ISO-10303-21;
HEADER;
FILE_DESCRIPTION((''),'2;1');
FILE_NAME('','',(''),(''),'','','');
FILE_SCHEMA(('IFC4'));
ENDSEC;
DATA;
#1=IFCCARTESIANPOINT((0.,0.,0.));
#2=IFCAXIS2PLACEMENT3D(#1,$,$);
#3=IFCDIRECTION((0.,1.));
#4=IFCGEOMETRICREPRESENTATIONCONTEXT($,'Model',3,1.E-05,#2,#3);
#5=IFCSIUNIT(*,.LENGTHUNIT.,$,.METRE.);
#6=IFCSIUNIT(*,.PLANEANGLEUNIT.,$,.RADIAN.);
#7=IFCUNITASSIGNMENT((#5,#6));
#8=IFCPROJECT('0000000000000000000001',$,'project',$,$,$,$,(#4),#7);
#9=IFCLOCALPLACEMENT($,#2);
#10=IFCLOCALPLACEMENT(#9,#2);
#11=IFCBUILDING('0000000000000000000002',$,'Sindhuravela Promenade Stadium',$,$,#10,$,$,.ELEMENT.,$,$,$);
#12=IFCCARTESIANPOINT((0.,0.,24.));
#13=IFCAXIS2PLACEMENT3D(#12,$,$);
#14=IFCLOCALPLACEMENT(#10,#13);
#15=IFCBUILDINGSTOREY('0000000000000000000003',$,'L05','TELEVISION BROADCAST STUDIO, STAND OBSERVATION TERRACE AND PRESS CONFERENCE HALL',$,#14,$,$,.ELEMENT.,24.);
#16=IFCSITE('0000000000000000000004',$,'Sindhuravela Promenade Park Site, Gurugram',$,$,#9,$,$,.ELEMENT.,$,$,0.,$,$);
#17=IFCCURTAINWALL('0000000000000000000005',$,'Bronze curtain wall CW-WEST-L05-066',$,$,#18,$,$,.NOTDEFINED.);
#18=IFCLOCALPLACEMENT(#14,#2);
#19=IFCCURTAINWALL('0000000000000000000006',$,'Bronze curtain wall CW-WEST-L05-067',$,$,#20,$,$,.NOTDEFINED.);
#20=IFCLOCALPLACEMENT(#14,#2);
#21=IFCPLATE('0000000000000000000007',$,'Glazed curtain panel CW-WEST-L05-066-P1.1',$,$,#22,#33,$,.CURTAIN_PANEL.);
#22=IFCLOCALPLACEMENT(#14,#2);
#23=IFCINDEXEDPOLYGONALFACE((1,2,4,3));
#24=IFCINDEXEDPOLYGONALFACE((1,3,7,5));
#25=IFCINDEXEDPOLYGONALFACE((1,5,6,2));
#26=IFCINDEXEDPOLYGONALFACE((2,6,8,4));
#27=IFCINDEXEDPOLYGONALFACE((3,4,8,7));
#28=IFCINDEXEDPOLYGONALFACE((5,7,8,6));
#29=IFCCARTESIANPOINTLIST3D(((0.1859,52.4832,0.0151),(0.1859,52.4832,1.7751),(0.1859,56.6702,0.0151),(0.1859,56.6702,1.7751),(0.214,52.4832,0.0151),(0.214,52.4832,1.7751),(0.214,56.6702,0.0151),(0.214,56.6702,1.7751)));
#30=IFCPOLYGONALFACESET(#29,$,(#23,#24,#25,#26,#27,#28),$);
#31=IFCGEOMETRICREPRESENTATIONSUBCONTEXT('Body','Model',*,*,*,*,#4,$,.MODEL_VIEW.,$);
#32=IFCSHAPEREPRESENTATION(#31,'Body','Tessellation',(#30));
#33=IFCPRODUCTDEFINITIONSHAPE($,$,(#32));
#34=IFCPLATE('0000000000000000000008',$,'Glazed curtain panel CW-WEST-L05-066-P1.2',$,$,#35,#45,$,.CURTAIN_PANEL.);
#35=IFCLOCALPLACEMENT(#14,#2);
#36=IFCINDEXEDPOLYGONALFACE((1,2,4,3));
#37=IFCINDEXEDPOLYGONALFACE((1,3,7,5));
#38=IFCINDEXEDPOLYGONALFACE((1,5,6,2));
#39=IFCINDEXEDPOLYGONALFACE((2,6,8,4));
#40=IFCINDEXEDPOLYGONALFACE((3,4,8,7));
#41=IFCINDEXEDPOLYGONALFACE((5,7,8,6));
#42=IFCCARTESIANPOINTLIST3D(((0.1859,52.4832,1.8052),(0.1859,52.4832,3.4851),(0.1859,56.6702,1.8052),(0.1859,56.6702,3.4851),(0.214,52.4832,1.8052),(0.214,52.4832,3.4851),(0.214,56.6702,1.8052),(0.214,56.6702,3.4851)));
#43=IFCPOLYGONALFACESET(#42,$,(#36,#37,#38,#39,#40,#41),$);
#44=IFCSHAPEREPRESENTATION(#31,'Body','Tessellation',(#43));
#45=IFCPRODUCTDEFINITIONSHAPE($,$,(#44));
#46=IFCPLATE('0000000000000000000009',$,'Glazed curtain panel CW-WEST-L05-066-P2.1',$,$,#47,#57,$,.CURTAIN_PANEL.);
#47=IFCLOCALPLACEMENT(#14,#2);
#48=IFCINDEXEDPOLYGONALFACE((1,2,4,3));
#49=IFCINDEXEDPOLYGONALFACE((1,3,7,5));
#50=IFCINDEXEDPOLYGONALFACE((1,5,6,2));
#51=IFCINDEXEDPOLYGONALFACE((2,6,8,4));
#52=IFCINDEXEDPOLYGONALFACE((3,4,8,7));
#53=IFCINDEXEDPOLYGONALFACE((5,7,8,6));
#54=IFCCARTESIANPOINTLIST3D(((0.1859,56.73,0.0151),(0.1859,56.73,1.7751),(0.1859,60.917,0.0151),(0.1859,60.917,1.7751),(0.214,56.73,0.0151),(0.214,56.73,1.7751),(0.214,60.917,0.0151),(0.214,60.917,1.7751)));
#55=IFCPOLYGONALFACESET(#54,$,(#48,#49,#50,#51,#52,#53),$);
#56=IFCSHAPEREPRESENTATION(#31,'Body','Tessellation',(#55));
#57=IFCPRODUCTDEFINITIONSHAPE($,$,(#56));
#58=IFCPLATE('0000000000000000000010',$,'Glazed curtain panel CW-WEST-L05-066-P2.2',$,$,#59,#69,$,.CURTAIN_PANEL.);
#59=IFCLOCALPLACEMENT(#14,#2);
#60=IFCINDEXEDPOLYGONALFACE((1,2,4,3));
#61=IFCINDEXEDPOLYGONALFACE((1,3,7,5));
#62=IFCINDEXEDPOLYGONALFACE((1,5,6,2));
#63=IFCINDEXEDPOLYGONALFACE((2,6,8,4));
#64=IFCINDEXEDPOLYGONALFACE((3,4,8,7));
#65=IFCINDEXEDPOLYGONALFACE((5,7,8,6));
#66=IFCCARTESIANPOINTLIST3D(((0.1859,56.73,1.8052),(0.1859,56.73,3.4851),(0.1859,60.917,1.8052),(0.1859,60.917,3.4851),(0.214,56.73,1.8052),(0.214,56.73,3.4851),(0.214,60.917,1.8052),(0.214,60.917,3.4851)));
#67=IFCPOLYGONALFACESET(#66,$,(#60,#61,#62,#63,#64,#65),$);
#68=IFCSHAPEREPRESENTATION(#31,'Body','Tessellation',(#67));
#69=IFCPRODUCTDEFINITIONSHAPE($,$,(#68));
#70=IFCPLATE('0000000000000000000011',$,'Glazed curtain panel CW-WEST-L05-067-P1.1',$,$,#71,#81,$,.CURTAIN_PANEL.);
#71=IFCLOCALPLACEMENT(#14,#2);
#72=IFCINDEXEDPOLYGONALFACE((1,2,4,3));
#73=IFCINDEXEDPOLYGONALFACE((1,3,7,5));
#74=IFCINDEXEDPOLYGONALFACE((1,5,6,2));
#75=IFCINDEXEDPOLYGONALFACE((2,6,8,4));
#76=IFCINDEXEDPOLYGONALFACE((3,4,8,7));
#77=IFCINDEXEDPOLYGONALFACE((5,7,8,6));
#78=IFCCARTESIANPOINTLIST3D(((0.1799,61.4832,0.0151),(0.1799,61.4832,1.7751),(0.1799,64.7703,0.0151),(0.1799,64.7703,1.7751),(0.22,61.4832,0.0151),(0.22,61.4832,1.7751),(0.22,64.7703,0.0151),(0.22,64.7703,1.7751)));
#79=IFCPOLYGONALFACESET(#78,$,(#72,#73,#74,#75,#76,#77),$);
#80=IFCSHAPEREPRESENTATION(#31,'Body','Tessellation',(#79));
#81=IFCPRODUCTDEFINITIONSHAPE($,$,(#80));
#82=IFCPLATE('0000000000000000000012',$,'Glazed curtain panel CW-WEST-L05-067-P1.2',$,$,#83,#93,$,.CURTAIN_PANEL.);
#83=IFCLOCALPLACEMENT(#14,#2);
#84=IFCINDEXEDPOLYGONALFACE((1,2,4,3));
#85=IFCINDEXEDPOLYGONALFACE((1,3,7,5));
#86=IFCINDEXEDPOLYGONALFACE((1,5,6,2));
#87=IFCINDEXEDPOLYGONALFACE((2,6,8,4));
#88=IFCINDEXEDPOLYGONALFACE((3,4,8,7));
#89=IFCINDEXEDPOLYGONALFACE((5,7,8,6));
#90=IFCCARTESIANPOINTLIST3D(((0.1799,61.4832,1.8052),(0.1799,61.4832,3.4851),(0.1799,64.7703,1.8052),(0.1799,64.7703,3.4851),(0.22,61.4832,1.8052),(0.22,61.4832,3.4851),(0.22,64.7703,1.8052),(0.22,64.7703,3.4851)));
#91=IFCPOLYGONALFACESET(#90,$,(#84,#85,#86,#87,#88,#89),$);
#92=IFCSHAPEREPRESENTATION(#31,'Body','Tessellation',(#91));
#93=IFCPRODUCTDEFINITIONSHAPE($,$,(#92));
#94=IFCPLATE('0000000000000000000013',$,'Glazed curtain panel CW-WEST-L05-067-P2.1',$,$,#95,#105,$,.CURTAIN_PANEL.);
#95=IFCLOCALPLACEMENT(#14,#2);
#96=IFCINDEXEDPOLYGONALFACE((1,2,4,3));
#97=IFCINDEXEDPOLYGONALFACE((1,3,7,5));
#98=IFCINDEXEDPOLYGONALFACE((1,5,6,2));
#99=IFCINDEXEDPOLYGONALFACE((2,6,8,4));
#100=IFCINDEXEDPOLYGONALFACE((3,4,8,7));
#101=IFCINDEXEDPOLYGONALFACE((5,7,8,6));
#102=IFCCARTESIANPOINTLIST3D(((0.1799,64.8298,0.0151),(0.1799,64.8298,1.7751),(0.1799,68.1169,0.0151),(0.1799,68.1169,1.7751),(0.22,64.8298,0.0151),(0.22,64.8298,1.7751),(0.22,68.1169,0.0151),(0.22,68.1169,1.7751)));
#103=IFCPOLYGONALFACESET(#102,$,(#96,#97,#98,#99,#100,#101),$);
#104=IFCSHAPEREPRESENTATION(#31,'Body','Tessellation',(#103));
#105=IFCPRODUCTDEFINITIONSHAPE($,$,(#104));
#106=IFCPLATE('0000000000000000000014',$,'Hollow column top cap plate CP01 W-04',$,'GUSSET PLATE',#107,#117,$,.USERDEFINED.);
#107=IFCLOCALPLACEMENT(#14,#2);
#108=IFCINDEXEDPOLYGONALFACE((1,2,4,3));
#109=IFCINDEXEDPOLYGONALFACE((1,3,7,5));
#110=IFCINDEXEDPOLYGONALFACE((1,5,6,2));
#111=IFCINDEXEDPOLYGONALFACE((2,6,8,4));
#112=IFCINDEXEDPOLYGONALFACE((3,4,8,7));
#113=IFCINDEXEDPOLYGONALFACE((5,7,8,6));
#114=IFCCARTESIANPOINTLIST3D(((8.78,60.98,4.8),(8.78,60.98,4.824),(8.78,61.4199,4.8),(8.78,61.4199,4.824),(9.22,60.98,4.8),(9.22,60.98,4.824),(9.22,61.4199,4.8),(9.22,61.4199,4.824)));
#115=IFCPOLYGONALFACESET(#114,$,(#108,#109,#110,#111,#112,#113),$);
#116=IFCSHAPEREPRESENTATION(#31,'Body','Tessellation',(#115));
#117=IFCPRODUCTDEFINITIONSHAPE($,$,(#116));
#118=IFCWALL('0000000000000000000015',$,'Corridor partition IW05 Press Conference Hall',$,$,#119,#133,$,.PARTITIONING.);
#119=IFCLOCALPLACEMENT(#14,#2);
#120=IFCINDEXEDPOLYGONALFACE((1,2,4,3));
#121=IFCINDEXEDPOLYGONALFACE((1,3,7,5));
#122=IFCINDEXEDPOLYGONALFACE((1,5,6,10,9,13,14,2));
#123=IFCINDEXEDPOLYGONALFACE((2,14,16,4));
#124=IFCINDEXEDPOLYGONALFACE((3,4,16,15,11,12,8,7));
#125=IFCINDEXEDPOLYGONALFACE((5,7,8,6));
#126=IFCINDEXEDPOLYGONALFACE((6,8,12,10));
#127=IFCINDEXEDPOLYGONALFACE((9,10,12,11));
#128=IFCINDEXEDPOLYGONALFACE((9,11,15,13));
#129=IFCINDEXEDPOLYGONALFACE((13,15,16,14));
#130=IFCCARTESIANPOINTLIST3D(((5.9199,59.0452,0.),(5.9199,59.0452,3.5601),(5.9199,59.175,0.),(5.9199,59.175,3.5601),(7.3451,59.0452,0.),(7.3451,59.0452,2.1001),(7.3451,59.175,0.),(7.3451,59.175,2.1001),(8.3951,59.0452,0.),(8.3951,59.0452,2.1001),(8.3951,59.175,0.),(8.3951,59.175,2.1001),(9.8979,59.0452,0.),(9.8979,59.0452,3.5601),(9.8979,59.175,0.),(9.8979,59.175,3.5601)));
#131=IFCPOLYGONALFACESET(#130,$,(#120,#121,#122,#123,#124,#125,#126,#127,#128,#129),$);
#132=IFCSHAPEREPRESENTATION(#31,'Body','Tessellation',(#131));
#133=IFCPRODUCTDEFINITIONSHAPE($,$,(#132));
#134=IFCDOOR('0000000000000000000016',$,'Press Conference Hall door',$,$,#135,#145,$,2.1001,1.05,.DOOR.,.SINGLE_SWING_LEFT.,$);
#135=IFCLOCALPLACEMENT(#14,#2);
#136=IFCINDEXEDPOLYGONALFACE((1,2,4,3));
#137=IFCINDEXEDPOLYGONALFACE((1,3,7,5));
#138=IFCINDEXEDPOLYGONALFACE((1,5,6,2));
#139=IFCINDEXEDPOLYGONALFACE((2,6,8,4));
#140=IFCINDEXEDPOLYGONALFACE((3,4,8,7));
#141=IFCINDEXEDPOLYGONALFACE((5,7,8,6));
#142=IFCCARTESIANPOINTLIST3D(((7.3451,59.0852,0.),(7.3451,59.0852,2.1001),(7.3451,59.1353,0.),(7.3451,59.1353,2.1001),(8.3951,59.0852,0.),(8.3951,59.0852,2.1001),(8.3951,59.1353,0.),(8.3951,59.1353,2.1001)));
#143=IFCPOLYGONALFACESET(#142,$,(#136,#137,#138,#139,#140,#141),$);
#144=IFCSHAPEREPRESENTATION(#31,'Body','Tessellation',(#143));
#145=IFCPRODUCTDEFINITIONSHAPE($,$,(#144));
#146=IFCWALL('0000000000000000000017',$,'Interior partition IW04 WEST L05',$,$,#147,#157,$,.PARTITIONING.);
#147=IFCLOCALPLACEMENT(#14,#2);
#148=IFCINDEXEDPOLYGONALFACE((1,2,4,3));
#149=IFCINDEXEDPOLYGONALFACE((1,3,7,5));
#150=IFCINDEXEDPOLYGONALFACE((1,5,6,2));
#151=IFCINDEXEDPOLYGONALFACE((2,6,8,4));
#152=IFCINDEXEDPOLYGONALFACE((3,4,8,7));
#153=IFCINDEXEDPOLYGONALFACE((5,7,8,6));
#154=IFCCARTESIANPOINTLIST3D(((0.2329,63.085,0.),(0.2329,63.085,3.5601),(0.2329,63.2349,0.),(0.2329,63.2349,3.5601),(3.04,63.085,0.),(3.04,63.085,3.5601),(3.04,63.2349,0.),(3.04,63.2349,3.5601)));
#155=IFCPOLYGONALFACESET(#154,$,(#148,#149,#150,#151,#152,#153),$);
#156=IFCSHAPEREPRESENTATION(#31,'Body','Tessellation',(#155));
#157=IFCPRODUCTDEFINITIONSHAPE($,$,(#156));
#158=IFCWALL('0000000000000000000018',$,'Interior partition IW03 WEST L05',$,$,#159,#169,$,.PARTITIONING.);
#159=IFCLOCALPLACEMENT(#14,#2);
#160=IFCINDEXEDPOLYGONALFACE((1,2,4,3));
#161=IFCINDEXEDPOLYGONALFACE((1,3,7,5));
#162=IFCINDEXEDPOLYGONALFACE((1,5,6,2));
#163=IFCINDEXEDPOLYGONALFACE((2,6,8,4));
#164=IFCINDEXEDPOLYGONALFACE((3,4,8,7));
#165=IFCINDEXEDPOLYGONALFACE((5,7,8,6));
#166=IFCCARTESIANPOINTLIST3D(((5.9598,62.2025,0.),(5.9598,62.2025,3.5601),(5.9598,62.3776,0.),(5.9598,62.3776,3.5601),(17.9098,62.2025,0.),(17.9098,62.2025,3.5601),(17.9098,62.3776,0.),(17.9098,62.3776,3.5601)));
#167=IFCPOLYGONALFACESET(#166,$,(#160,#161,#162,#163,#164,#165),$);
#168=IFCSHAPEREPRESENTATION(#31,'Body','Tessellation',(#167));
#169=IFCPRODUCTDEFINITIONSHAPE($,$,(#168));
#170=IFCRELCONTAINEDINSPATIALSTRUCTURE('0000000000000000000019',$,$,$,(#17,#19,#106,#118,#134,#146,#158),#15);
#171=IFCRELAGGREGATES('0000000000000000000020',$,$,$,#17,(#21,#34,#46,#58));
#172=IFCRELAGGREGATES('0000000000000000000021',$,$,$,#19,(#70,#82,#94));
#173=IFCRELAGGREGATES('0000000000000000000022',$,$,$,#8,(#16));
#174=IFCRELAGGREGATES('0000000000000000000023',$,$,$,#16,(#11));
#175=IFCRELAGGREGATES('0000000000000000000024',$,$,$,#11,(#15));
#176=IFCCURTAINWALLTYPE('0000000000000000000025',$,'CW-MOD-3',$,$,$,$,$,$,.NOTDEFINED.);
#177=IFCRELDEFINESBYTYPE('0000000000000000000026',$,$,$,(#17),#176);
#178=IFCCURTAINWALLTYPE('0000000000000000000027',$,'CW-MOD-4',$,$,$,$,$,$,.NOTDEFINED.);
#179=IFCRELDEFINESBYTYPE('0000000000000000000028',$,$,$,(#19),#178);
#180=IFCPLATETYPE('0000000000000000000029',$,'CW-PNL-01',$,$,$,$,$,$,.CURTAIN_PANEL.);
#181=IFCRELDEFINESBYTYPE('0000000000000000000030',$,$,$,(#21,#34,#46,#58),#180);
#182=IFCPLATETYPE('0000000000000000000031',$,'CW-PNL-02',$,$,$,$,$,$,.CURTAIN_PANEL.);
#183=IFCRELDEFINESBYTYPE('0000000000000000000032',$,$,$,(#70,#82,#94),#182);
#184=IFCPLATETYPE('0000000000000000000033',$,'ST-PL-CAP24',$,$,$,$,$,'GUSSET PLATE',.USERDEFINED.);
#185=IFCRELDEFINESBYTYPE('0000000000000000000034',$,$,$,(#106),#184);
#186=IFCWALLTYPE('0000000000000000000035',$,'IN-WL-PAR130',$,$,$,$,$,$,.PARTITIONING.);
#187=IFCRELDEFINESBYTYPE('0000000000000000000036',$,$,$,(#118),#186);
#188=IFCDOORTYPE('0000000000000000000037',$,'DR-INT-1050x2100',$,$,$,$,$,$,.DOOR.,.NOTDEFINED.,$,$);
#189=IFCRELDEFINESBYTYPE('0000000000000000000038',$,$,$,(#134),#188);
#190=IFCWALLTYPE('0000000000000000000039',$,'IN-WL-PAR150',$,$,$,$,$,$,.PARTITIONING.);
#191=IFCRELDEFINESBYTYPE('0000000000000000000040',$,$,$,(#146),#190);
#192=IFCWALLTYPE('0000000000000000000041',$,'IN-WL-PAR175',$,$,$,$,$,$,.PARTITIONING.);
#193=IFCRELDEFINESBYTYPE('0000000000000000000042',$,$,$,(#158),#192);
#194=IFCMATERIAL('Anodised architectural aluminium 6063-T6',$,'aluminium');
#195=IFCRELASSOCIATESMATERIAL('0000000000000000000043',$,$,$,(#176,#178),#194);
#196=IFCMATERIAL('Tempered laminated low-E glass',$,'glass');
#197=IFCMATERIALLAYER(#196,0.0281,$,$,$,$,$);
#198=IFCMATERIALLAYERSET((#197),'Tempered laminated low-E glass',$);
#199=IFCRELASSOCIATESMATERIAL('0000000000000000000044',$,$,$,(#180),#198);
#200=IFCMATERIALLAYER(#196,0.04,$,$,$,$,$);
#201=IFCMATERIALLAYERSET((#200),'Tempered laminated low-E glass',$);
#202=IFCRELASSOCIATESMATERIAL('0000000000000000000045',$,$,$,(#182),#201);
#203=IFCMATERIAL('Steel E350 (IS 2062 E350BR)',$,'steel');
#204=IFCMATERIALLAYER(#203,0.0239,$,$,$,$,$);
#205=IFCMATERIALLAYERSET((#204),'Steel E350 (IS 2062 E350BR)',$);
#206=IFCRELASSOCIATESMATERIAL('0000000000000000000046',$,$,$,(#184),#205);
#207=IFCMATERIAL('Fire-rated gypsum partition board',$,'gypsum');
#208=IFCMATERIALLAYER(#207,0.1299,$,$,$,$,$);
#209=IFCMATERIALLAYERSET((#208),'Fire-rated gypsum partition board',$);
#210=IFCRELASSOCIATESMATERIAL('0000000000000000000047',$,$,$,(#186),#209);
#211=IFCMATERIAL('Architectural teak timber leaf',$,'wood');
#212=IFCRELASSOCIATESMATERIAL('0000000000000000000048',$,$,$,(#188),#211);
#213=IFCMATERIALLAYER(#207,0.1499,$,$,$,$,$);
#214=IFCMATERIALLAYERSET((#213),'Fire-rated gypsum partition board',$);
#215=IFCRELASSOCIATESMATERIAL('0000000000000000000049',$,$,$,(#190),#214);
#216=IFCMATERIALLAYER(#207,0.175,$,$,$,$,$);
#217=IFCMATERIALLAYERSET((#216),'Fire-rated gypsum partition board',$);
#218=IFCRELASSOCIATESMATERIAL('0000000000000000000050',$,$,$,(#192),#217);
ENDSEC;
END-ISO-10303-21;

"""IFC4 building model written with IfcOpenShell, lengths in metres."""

from ifc_helpers import new_model, si_unit, direction, frame, frame_2d, origin, origin_2d, place, context, subcontext, project, spatial, rectangle, extrude, material, layer, layer_set, type_object, element, fill, aggregate, save


model = new_model("IFC4")

# Units and contexts
model_context = context("Model", 3, precision=1e-05, world=origin(), true_north=direction((0.0, 1.0)))
body_context = subcontext(model_context, "Body", "Model", "MODEL_VIEW")
ifc_project = project(units=[si_unit("LENGTHUNIT", "METRE"), si_unit("PLANEANGLEUNIT", "RADIAN")], contexts=[model_context])

# Site, building, storey
site_placement = place(None, origin())
site = spatial("IfcSite", under=ifc_project, at=site_placement, Name="Sindhuravela Promenade Park Site, Gurugram", CompositionType="ELEMENT", RefElevation=0.0)
building_placement = place(site_placement, origin())
building = spatial("IfcBuilding", under=site, at=building_placement, Name="Sindhuravela Promenade Stadium", CompositionType="ELEMENT")
storey_placement = place(building_placement, frame((0.0, 0.0, 24.0)))
storey = spatial("IfcBuildingStorey", under=building, at=storey_placement, Name="L05", Description="TELEVISION BROADCAST STUDIO, STAND OBSERVATION TERRACE AND PRESS CONFERENCE HALL", CompositionType="ELEMENT", Elevation=24.0)

# Shared definitions
ifc_material_1 = material(Name="Steel E350 (IS 2062 E350BR)", Category="steel")

# Curtain walls
ifc_material_2 = material(Name="Anodised architectural aluminium 6063-T6", Category="aluminium")
curtain_wall_type_1 = type_object("IfcCurtainWallType", Name="CW-MOD-3", PredefinedType="NOTDEFINED", material=ifc_material_2)
curtain_wall_1_placement = place(storey_placement, origin())
curtain_wall_1 = element("IfcCurtainWall", 1, at=curtain_wall_1_placement, inside=storey, type_object=curtain_wall_type_1, Name="Bronze curtain wall CW-WEST-L05-066", PredefinedType="NOTDEFINED")
curtain_wall_type_2 = type_object("IfcCurtainWallType", Name="CW-MOD-4", PredefinedType="NOTDEFINED", material=ifc_material_2)
curtain_wall_2_placement = place(storey_placement, origin())
curtain_wall_2 = element("IfcCurtainWall", 2, at=curtain_wall_2_placement, inside=storey, type_object=curtain_wall_type_2, Name="Bronze curtain wall CW-WEST-L05-067", PredefinedType="NOTDEFINED")

# Plates
ifc_material_3 = material(Name="Tempered laminated low-E glass", Category="glass")
ifc_layer_1 = layer(ifc_material_3, 0.0281)
ifc_layer_set_1 = layer_set([ifc_layer_1], Name="Tempered laminated low-E glass")
plate_type_1 = type_object("IfcPlateType", Name="CW-PNL-01", PredefinedType="CURTAIN_PANEL", material=ifc_layer_set_1)
plate_1_placement = place(storey_placement, frame((0.2, 54.5767, 0.0151), z_axis=(0.0, 0.0, 1.0), x_axis=(0.0, 1.0, 0.0)))
plate_1 = element("IfcPlate", 3, at=plate_1_placement, type_object=plate_type_1, Name="Glazed curtain panel CW-WEST-L05-066-P1.1", PredefinedType="CURTAIN_PANEL", context=body_context, shape_type="SweptSolid", body=[
    extrude(rectangle(XDim=4.187, YDim=0.0281, at=origin_2d()), origin(), (0.0, 0.0, 1.0), 1.76),
])
plate_2_placement = place(storey_placement, frame((0.2, 54.5767, 1.8052), z_axis=(0.0, 0.0, 1.0), x_axis=(0.0, 1.0, 0.0)))
plate_2 = element("IfcPlate", 4, at=plate_2_placement, type_object=plate_type_1, Name="Glazed curtain panel CW-WEST-L05-066-P1.2", PredefinedType="CURTAIN_PANEL", context=body_context, shape_type="SweptSolid", body=[
    extrude(rectangle(XDim=4.187, YDim=0.0281, at=origin_2d()), origin(), (0.0, 0.0, 1.0), 1.6799),
])
plate_3_placement = place(storey_placement, frame((0.2, 58.8235, 0.0151), z_axis=(0.0, 0.0, 1.0), x_axis=(0.0, 1.0, 0.0)))
plate_3 = element("IfcPlate", 5, at=plate_3_placement, type_object=plate_type_1, Name="Glazed curtain panel CW-WEST-L05-066-P2.1", PredefinedType="CURTAIN_PANEL", context=body_context, shape_type="SweptSolid", body=[
    extrude(rectangle(XDim=4.187, YDim=0.0281, at=origin_2d()), origin(), (0.0, 0.0, 1.0), 1.76),
])
plate_4_placement = place(storey_placement, frame((0.2, 58.8235, 1.8052), z_axis=(0.0, 0.0, 1.0), x_axis=(0.0, 1.0, 0.0)))
plate_4 = element("IfcPlate", 6, at=plate_4_placement, type_object=plate_type_1, Name="Glazed curtain panel CW-WEST-L05-066-P2.2", PredefinedType="CURTAIN_PANEL", context=body_context, shape_type="SweptSolid", body=[
    extrude(rectangle(XDim=4.187, YDim=0.0281, at=origin_2d()), origin(), (0.0, 0.0, 1.0), 1.6799),
])
aggregate(curtain_wall_1, [plate_1, plate_2, plate_3, plate_4])
ifc_layer_2 = layer(ifc_material_3, 0.04)
ifc_layer_set_2 = layer_set([ifc_layer_2], Name="Tempered laminated low-E glass")
plate_type_2 = type_object("IfcPlateType", Name="CW-PNL-02", PredefinedType="CURTAIN_PANEL", material=ifc_layer_set_2)
plate_5_placement = place(storey_placement, frame((0.2, 63.1267, 0.0151), z_axis=(0.0, 0.0, 1.0), x_axis=(0.0, 1.0, 0.0)))
plate_5 = element("IfcPlate", 7, at=plate_5_placement, type_object=plate_type_2, Name="Glazed curtain panel CW-WEST-L05-067-P1.1", PredefinedType="CURTAIN_PANEL", context=body_context, shape_type="SweptSolid", body=[
    extrude(rectangle(XDim=3.2871, YDim=0.04, at=origin_2d()), origin(), (0.0, 0.0, 1.0), 1.76),
])
plate_6_placement = place(storey_placement, frame((0.2, 63.1267, 1.8052), z_axis=(0.0, 0.0, 1.0), x_axis=(0.0, 1.0, 0.0)))
plate_6 = element("IfcPlate", 8, at=plate_6_placement, type_object=plate_type_2, Name="Glazed curtain panel CW-WEST-L05-067-P1.2", PredefinedType="CURTAIN_PANEL", context=body_context, shape_type="SweptSolid", body=[
    extrude(rectangle(XDim=3.2871, YDim=0.04, at=origin_2d()), origin(), (0.0, 0.0, 1.0), 1.6799),
])
plate_7_placement = place(storey_placement, frame((0.2, 66.4734, 0.0151), z_axis=(0.0, 0.0, 1.0), x_axis=(0.0, 1.0, 0.0)))
plate_7 = element("IfcPlate", 9, at=plate_7_placement, type_object=plate_type_2, Name="Glazed curtain panel CW-WEST-L05-067-P2.1", PredefinedType="CURTAIN_PANEL", context=body_context, shape_type="SweptSolid", body=[
    extrude(rectangle(XDim=3.2871, YDim=0.04, at=origin_2d()), origin(), (0.0, 0.0, 1.0), 1.76),
])
aggregate(curtain_wall_2, [plate_5, plate_6, plate_7])
ifc_layer_3 = layer(ifc_material_1, 0.0239)
ifc_layer_set_3 = layer_set([ifc_layer_3], Name="Steel E350 (IS 2062 E350BR)")
plate_type_3 = type_object("IfcPlateType", Name="ST-PL-CAP24", ElementType="GUSSET PLATE", PredefinedType="USERDEFINED", material=ifc_layer_set_3)
plate_8_placement = place(storey_placement, frame((9.0, 61.2, 4.8), z_axis=(0.0, 0.0, 1.0), x_axis=(1.0, 0.0, 0.0)))
element("IfcPlate", 10, at=plate_8_placement, inside=storey, type_object=plate_type_3, Name="Hollow column top cap plate CP01 W-04", ObjectType="GUSSET PLATE", PredefinedType="USERDEFINED", context=body_context, shape_type="SweptSolid", body=[
    extrude(rectangle(XDim=0.4399, YDim=0.4399, at=origin_2d()), origin(), (0.0, 0.0, 1.0), 0.0239),
])

# Wall, opening, door
ifc_material_4 = material(Name="Fire-rated gypsum partition board", Category="gypsum")
ifc_layer_4 = layer(ifc_material_4, 0.1299)
ifc_layer_set_4 = layer_set([ifc_layer_4], Name="Fire-rated gypsum partition board")
wall_type_1 = type_object("IfcWallType", Name="IN-WL-PAR130", PredefinedType="PARTITIONING", material=ifc_layer_set_4)
wall_1_placement = place(storey_placement, frame((9.8979, 59.1101, 0.0), z_axis=(0.0, 0.0, 1.0), x_axis=(-1.0, 0.0, 0.0)))
wall_1 = element("IfcWall", 11, at=wall_1_placement, inside=storey, type_object=wall_type_1, Name="Corridor partition IW05 Press Conference Hall", PredefinedType="PARTITIONING", context=body_context, shape_type="SweptSolid", body=[
    extrude(rectangle(XDim=3.978, YDim=0.1299, at=frame_2d((1.989, 0.0))), origin(), (0.0, 0.0, 1.0), 3.5601),
])
opening_1_placement = place(wall_1_placement, frame((1.5029, 0.0, 0.0)))
opening_1 = element("IfcOpeningElement", 12, at=opening_1_placement, cuts=wall_1, PredefinedType="OPENING", context=body_context, shape_type="SweptSolid", body=[
    extrude(rectangle(XDim=1.05, YDim=2.1001, at=frame_2d((0.5249, 1.05))), frame((0.0, 0.075, 0.0), z_axis=(0.0, -1.0, 0.0), x_axis=(1.0, 0.0, 0.0)), (0.0, 0.0, 1.0), 0.1499),
])
ifc_material_5 = material(Name="Architectural teak timber leaf", Category="wood")
door_type_1 = type_object("IfcDoorType", Name="DR-INT-1050x2100", OperationType="NOTDEFINED", PredefinedType="DOOR", material=ifc_material_5)
door_1_placement = place(opening_1_placement, origin())
door_1 = element("IfcDoor", 13, at=door_1_placement, inside=storey, type_object=door_type_1, Name="Press Conference Hall door", OperationType="SINGLE_SWING_LEFT", OverallHeight=2.1001, OverallWidth=1.05, PredefinedType="DOOR", context=body_context, shape_type="SweptSolid", body=[
    extrude(rectangle(XDim=1.05, YDim=2.1001, at=frame_2d((0.5249, 1.05))), frame((0.0, 0.0249, 0.0), z_axis=(0.0, -1.0, 0.0), x_axis=(1.0, 0.0, 0.0)), (0.0, 0.0, 1.0), 0.05),
])
fill(opening_1, door_1)

# Walls
ifc_layer_5 = layer(ifc_material_4, 0.1499)
ifc_layer_set_5 = layer_set([ifc_layer_5], Name="Fire-rated gypsum partition board")
wall_type_2 = type_object("IfcWallType", Name="IN-WL-PAR150", PredefinedType="PARTITIONING", material=ifc_layer_set_5)
wall_2_placement = place(storey_placement, frame((0.2329, 63.1599, 0.0), z_axis=(0.0, 0.0, 1.0), x_axis=(1.0, 0.0, 0.0)))
element("IfcWall", 14, at=wall_2_placement, inside=storey, type_object=wall_type_2, Name="Interior partition IW04 WEST L05", PredefinedType="PARTITIONING", context=body_context, shape_type="SweptSolid", body=[
    extrude(rectangle(XDim=2.8071, YDim=0.1499, at=frame_2d((1.4036, 0.0))), origin(), (0.0, 0.0, 1.0), 3.5601),
])
ifc_layer_6 = layer(ifc_material_4, 0.175)
ifc_layer_set_6 = layer_set([ifc_layer_6], Name="Fire-rated gypsum partition board")
wall_type_3 = type_object("IfcWallType", Name="IN-WL-PAR175", PredefinedType="PARTITIONING", material=ifc_layer_set_6)
wall_3_placement = place(storey_placement, frame((17.9099, 62.29, 0.0), z_axis=(0.0, 0.0, 1.0), x_axis=(-1.0, 0.0, 0.0)))
element("IfcWall", 15, at=wall_3_placement, inside=storey, type_object=wall_type_3, Name="Interior partition IW03 WEST L05", PredefinedType="PARTITIONING", context=body_context, shape_type="SweptSolid", body=[
    extrude(rectangle(XDim=11.95, YDim=0.175, at=frame_2d((5.9751, 0.0))), origin(), (0.0, 0.0, 1.0), 3.5601),
])

save(model, "model.ifc")
